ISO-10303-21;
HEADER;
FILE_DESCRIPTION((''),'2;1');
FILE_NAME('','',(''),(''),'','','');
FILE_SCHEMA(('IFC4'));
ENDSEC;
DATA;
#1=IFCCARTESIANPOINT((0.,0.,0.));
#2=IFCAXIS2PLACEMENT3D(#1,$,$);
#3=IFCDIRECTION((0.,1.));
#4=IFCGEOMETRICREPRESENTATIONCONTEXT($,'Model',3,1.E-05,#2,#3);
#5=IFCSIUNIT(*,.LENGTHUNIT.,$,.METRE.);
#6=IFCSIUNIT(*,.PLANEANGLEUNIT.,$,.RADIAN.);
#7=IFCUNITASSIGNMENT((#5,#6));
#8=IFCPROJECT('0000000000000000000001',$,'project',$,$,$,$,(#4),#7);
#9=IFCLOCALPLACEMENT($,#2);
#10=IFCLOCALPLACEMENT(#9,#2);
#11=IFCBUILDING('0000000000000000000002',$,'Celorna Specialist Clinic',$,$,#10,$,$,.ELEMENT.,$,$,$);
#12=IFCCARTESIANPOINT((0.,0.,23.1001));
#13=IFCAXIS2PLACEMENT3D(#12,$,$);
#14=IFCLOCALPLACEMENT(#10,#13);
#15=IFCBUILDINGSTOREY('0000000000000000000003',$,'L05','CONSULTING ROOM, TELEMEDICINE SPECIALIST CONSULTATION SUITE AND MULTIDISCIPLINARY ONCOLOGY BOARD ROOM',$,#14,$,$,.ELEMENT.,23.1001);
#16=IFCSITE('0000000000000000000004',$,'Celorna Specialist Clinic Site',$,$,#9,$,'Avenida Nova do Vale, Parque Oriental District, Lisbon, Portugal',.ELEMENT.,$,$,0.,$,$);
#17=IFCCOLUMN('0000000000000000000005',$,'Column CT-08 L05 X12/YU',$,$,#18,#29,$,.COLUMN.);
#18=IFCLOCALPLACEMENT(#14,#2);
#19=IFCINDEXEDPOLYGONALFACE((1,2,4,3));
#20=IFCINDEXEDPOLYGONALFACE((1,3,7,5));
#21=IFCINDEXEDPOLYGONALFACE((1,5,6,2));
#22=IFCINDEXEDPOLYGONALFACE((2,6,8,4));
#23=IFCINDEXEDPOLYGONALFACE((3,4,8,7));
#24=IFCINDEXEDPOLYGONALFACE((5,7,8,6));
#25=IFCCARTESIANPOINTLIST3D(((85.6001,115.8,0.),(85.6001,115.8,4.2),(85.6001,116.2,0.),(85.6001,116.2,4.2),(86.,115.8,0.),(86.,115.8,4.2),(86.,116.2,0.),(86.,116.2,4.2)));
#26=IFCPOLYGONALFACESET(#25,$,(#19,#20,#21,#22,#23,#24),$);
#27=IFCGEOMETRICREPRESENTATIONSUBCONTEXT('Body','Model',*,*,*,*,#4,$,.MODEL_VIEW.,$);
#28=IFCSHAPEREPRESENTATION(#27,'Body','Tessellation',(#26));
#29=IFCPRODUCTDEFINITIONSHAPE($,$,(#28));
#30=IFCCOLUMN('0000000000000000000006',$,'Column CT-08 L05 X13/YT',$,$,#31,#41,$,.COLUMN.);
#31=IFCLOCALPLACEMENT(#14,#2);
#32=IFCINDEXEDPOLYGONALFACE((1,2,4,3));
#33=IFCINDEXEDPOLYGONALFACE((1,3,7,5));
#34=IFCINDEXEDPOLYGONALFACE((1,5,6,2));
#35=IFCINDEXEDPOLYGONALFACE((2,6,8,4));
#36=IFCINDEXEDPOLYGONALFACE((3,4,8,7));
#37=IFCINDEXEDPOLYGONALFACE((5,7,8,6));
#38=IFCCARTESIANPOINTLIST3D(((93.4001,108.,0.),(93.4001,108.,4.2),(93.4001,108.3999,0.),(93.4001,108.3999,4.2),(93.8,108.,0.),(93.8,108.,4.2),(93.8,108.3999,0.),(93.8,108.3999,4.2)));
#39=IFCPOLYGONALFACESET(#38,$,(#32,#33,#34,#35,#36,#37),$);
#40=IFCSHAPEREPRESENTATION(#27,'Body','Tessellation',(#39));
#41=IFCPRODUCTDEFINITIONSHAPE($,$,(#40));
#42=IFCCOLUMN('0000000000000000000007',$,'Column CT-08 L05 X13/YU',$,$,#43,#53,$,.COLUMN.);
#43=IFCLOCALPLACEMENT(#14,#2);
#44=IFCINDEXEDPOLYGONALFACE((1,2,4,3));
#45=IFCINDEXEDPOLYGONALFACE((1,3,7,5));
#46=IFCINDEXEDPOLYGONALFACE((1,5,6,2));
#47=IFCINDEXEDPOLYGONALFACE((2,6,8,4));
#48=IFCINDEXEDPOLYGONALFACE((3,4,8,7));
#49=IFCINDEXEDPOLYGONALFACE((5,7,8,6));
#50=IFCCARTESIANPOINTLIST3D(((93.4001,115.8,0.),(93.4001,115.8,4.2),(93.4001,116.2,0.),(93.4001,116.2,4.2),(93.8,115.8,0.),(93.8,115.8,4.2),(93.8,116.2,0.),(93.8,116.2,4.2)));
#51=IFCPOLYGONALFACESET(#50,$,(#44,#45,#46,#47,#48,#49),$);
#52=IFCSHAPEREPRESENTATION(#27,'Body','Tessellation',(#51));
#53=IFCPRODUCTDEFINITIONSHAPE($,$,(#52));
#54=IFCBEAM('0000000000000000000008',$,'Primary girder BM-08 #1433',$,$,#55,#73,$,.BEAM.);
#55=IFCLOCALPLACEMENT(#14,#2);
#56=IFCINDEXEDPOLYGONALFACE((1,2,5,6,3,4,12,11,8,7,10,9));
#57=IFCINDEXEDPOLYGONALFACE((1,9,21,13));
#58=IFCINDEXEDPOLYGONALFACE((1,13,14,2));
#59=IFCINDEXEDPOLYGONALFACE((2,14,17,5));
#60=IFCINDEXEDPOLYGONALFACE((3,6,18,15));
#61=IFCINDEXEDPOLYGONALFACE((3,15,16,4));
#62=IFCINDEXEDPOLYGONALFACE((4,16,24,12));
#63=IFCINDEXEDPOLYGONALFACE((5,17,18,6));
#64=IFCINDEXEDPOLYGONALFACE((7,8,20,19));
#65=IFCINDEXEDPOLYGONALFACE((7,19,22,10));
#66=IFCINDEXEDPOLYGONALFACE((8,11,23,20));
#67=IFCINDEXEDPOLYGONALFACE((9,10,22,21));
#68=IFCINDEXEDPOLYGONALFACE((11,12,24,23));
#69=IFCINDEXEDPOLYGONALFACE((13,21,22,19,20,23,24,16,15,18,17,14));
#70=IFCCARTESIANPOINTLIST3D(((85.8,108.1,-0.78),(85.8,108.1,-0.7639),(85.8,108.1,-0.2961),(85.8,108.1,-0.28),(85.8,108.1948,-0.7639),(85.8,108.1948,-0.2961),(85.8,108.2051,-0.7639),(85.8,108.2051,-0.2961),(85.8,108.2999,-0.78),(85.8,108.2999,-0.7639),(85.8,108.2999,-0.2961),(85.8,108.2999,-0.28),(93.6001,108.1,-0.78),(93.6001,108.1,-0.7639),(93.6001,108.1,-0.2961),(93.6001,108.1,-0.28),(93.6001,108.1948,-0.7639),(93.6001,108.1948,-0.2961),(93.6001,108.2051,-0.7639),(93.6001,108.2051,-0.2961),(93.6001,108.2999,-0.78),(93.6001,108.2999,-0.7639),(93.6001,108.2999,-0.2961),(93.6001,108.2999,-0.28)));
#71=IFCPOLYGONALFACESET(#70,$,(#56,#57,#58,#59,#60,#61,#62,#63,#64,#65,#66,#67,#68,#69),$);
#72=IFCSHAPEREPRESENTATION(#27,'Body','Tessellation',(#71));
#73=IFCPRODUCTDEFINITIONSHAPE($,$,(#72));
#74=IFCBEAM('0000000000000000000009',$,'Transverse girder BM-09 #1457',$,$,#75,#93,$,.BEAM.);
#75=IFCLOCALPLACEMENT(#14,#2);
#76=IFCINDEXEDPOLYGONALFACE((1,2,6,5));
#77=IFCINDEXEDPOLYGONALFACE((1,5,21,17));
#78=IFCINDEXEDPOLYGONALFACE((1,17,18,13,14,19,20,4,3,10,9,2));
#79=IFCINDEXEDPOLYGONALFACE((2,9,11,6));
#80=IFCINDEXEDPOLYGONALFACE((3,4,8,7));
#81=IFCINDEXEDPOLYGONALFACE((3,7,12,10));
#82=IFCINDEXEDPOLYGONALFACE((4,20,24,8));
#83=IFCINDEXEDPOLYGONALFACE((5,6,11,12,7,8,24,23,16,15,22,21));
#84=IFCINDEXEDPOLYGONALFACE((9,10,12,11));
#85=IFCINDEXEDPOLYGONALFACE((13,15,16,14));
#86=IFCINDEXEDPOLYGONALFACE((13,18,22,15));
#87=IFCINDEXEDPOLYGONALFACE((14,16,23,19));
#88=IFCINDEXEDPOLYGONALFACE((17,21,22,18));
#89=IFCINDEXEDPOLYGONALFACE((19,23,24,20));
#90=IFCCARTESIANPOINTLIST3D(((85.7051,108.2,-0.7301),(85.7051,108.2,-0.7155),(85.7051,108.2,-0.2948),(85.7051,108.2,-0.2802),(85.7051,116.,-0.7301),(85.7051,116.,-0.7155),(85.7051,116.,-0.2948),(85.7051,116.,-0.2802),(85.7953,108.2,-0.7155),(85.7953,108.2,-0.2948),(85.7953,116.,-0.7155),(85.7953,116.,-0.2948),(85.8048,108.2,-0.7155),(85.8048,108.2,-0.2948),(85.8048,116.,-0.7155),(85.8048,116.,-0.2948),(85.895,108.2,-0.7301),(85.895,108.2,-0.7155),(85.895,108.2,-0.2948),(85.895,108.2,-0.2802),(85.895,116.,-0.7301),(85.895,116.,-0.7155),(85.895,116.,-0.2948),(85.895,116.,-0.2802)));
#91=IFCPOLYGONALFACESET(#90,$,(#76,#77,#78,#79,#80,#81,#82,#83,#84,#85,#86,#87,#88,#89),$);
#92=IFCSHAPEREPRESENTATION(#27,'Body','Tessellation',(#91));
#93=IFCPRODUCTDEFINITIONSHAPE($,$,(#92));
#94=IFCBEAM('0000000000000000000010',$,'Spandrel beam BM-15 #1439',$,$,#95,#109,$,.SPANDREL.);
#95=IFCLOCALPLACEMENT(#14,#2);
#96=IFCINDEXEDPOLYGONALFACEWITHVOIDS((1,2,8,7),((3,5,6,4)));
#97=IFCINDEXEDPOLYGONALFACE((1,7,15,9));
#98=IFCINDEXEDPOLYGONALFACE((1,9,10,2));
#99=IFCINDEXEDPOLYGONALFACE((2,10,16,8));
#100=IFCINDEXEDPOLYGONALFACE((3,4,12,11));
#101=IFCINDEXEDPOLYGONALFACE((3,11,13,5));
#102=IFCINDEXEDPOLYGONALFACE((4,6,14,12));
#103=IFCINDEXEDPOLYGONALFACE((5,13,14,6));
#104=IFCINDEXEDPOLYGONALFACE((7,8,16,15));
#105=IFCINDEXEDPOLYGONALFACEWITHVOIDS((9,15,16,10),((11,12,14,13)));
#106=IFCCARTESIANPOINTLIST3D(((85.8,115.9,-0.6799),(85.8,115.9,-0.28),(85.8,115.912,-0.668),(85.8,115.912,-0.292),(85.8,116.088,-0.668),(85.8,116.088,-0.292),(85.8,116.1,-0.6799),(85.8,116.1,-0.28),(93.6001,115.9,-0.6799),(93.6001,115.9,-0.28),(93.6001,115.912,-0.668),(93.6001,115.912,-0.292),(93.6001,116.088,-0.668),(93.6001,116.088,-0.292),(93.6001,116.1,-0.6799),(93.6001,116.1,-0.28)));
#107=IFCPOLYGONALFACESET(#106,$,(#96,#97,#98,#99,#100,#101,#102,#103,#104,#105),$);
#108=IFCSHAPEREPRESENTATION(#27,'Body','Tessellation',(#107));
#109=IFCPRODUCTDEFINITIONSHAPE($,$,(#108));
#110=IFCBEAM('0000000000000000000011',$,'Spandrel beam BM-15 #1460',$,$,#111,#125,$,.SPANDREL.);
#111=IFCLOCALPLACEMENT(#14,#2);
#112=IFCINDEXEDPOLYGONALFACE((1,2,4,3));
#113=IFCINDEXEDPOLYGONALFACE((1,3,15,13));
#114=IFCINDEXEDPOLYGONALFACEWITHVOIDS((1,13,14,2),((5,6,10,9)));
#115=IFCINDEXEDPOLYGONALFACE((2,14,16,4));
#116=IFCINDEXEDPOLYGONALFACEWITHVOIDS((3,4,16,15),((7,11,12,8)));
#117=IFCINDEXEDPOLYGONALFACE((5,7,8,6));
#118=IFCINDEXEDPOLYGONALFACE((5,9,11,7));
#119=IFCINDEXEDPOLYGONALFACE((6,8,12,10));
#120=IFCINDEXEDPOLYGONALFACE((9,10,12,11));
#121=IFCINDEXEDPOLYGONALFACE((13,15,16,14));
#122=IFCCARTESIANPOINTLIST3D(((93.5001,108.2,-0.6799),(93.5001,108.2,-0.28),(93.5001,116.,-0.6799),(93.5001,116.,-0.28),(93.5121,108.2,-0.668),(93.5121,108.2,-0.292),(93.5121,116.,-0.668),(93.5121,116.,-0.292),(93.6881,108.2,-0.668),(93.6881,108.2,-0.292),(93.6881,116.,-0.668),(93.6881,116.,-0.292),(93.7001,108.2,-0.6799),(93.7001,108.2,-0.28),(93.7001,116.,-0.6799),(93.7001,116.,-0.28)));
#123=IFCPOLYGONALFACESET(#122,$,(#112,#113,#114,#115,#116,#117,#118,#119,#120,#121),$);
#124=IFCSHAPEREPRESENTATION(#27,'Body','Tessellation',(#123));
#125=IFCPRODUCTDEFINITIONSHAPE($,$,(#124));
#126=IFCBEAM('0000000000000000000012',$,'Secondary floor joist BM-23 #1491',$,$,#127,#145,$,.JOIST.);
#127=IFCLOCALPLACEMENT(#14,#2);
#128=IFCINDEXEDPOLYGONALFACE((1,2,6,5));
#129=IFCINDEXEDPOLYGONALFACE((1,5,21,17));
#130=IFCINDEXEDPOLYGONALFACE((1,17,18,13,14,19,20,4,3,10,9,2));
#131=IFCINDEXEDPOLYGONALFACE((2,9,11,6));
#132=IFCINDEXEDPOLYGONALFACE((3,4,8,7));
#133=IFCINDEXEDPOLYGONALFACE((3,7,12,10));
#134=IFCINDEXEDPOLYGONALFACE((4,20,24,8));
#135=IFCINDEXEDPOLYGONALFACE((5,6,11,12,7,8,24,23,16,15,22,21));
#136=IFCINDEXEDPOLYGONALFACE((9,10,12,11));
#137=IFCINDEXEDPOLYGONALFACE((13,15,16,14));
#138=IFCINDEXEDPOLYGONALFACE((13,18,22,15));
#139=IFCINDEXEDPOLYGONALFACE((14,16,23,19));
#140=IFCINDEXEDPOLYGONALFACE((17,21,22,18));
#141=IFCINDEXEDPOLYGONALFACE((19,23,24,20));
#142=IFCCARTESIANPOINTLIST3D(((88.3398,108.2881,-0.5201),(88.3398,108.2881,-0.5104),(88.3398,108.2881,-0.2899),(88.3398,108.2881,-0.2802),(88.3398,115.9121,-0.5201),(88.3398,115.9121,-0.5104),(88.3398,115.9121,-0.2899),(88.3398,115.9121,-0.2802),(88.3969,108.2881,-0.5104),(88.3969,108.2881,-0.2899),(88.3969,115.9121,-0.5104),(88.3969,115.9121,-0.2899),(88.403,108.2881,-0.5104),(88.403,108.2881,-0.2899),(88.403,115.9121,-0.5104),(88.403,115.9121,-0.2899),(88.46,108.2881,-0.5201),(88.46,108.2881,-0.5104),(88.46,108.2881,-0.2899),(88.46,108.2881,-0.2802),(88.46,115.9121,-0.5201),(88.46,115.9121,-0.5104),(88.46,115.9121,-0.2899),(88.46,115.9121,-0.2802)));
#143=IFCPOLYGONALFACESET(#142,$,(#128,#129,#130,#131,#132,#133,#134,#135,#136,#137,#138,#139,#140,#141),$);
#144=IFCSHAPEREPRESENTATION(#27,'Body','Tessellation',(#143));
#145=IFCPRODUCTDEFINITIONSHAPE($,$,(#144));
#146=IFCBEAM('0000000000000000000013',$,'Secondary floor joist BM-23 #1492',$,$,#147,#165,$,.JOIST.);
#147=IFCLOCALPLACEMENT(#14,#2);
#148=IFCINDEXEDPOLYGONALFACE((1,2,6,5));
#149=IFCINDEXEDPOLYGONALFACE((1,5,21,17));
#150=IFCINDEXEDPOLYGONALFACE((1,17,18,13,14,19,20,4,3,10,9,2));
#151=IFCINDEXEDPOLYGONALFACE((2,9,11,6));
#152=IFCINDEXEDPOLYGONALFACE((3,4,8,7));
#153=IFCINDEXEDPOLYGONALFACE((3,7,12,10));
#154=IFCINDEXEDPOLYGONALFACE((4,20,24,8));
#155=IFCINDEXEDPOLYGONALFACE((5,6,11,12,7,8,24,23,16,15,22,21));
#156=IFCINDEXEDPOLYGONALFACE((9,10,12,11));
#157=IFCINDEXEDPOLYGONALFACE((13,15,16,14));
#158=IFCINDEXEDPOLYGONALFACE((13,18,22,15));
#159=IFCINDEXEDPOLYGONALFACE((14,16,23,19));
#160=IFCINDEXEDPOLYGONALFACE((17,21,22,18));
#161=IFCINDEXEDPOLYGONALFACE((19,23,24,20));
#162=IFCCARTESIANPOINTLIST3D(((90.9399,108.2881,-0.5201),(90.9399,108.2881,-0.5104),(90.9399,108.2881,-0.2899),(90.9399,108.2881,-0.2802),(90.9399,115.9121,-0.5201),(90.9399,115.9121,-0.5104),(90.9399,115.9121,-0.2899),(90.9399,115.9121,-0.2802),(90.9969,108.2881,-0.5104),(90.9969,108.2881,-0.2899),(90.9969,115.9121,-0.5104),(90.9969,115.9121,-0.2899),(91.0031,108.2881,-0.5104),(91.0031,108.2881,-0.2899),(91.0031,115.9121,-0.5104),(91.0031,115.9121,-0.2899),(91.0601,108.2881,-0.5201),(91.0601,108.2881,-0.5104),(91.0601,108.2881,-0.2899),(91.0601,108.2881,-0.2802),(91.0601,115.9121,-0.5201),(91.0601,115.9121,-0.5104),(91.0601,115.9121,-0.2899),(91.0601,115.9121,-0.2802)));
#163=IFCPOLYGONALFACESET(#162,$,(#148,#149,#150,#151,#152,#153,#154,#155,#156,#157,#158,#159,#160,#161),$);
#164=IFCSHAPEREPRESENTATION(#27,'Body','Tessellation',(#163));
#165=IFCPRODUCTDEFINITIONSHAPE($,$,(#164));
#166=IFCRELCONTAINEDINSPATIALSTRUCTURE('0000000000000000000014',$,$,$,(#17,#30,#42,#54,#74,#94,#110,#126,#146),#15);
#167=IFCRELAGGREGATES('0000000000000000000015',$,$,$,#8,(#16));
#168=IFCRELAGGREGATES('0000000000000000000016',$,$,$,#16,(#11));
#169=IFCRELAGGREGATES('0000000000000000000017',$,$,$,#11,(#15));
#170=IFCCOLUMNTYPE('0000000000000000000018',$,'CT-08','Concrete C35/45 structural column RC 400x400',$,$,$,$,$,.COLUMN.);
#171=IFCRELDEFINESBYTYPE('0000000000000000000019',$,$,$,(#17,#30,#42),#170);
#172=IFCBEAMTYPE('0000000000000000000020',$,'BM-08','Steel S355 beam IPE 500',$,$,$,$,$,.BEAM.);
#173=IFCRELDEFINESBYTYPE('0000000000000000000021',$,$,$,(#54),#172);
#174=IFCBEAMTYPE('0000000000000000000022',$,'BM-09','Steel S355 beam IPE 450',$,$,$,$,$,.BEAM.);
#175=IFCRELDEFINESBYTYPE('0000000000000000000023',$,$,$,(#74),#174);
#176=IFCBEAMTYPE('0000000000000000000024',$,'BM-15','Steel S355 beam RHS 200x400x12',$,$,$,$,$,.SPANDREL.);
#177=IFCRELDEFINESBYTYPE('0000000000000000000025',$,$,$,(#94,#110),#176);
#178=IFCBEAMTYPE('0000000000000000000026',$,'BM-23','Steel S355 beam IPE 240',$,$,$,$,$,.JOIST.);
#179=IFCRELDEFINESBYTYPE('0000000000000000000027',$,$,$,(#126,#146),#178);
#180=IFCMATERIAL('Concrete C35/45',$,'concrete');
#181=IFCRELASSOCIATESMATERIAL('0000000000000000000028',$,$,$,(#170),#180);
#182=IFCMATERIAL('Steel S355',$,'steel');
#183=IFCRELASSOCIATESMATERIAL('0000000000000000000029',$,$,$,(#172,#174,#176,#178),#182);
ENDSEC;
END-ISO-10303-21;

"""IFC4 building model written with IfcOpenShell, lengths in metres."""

from ifc_helpers import new_model, si_unit, direction, frame, origin, origin_2d, place, context, subcontext, project, spatial, rectangle, hollow_rectangle, i_section, extrude, material, material_profile, profile_set, type_object, element, save


model = new_model("IFC4")

# Units and contexts
model_context = context("Model", 3, precision=1e-05, world=origin(), true_north=direction((0.0, 1.0)))
body_context = subcontext(model_context, "Body", "Model", "MODEL_VIEW")
ifc_project = project(units=[si_unit("LENGTHUNIT", "METRE"), si_unit("PLANEANGLEUNIT", "RADIAN")], contexts=[model_context])

# Site, building, storey
site_placement = place(None, origin())
site = spatial("IfcSite", under=ifc_project, at=site_placement, Name="Celorna Specialist Clinic Site", LongName="Avenida Nova do Vale, Parque Oriental District, Lisbon, Portugal", CompositionType="ELEMENT", RefElevation=0.0)
building_placement = place(site_placement, origin())
building = spatial("IfcBuilding", under=site, at=building_placement, Name="Celorna Specialist Clinic", CompositionType="ELEMENT")
storey_placement = place(building_placement, frame((0.0, 0.0, 23.1001)))
storey = spatial("IfcBuildingStorey", under=building, at=storey_placement, Name="L05", Description="CONSULTING ROOM, TELEMEDICINE SPECIALIST CONSULTATION SUITE AND MULTIDISCIPLINARY ONCOLOGY BOARD ROOM", CompositionType="ELEMENT", Elevation=23.1001)

# Columns
ifc_material_1 = material(Name="Concrete C35/45", Category="concrete")
ifc_material_profile_1 = material_profile(ifc_material_1, rectangle(XDim=0.3999, YDim=0.3999, at=origin_2d()), Name="RC 400x400")
ifc_profile_set_1 = profile_set([ifc_material_profile_1], Name="Concrete C35/45")
column_type = type_object("IfcColumnType", Name="CT-08", Description="Concrete C35/45 structural column RC 400x400", PredefinedType="COLUMN", material=ifc_profile_set_1)
for number, where, z_axis, x_axis, name in (
    (1, (85.8, 116.0, 0.0), (0.0, 0.0, 1.0), (1.0, 0.0, 0.0), "Column CT-08 L05 X12/YU"),
    (2, (93.6001, 108.2, 0.0), (0.0, 0.0, 1.0), (1.0, 0.0, 0.0), "Column CT-08 L05 X13/YT"),
    (3, (93.6001, 116.0, 0.0), (0.0, 0.0, 1.0), (1.0, 0.0, 0.0), "Column CT-08 L05 X13/YU"),
):
    element("IfcColumn", number, at=place(storey_placement, frame(where, z_axis=z_axis, x_axis=x_axis)), inside=storey, type_object=column_type, Name=name, PredefinedType="COLUMN", context=body_context, shape_type="SweptSolid", body=[
        extrude(rectangle(XDim=0.3999, YDim=0.3999, at=origin_2d()), origin(), (0.0, 0.0, 1.0), 4.2),
    ])

# Beams
ifc_material_2 = material(Name="Steel S355", Category="steel")
ifc_material_profile_2 = material_profile(ifc_material_2, i_section(OverallWidth=0.2, OverallDepth=0.5, WebThickness=0.0103, FlangeThickness=0.0161, at=origin_2d()), Name="IPE 500")
ifc_profile_set_2 = profile_set([ifc_material_profile_2], Name="Steel S355")
beam_type_1 = type_object("IfcBeamType", Name="BM-08", Description="Steel S355 beam IPE 500", PredefinedType="BEAM", material=ifc_profile_set_2)
beam_1_placement = place(storey_placement, frame((85.8, 108.2, -0.53), z_axis=(1.0, 0.0, 0.0), x_axis=(0.0, 1.0, 0.0)))
element("IfcBeam", 4, at=beam_1_placement, inside=storey, type_object=beam_type_1, Name="Primary girder BM-08 #1433", PredefinedType="BEAM", context=body_context, shape_type="SweptSolid", body=[
    extrude(i_section(OverallWidth=0.2, OverallDepth=0.5, WebThickness=0.0103, FlangeThickness=0.0161, at=origin_2d()), origin(), (0.0, 0.0, 1.0), 7.8),
])
ifc_material_profile_3 = material_profile(ifc_material_2, i_section(OverallWidth=0.1899, OverallDepth=0.45, WebThickness=0.0095, FlangeThickness=0.0146, at=origin_2d()), Name="IPE 450")
ifc_profile_set_3 = profile_set([ifc_material_profile_3], Name="Steel S355")
beam_type_2 = type_object("IfcBeamType", Name="BM-09", Description="Steel S355 beam IPE 450", PredefinedType="BEAM", material=ifc_profile_set_3)
beam_2_placement = place(storey_placement, frame((85.8, 108.2, -0.5051), z_axis=(0.0, 1.0, 0.0), x_axis=(-1.0, 0.0, 0.0)))
element("IfcBeam", 5, at=beam_2_placement, inside=storey, type_object=beam_type_2, Name="Transverse girder BM-09 #1457", PredefinedType="BEAM", context=body_context, shape_type="SweptSolid", body=[
    extrude(i_section(OverallWidth=0.1899, OverallDepth=0.45, WebThickness=0.0095, FlangeThickness=0.0146, at=origin_2d()), origin(), (0.0, 0.0, 1.0), 7.8),
])
ifc_material_profile_4 = material_profile(ifc_material_2, hollow_rectangle(XDim=0.2, YDim=0.3999, WallThickness=0.012, at=origin_2d()), Name="RHS 200x400x12")
ifc_profile_set_4 = profile_set([ifc_material_profile_4], Name="Steel S355")
beam_type_3 = type_object("IfcBeamType", Name="BM-15", Description="Steel S355 beam RHS 200x400x12", PredefinedType="SPANDREL", material=ifc_profile_set_4)
for number, where, z_axis, x_axis, name in (
    (6, (85.8, 116.0, -0.48), (1.0, 0.0, 0.0), (0.0, 1.0, 0.0), "Spandrel beam BM-15 #1439"),
    (7, (93.6001, 108.2, -0.48), (0.0, 1.0, 0.0), (-1.0, 0.0, 0.0), "Spandrel beam BM-15 #1460"),
):
    element("IfcBeam", number, at=place(storey_placement, frame(where, z_axis=z_axis, x_axis=x_axis)), inside=storey, type_object=beam_type_3, Name=name, PredefinedType="SPANDREL", context=body_context, shape_type="SweptSolid", body=[
        extrude(hollow_rectangle(XDim=0.2, YDim=0.3999, WallThickness=0.012, at=origin_2d()), origin(), (0.0, 0.0, 1.0), 7.8),
    ])
ifc_material_profile_5 = material_profile(ifc_material_2, i_section(OverallWidth=0.1201, OverallDepth=0.24, WebThickness=0.0061, FlangeThickness=0.0098, at=origin_2d()), Name="IPE 240")
ifc_profile_set_5 = profile_set([ifc_material_profile_5], Name="Steel S355")
beam_type_4 = type_object("IfcBeamType", Name="BM-23", Description="Steel S355 beam IPE 240", PredefinedType="JOIST", material=ifc_profile_set_5)
for number, where, z_axis, x_axis, name in (
    (8, (88.3999, 108.2881, -0.4001), (0.0, 1.0, 0.0), (-1.0, 0.0, 0.0), "Secondary floor joist BM-23 #1491"),
    (9, (91.0, 108.2881, -0.4001), (0.0, 1.0, 0.0), (-1.0, 0.0, 0.0), "Secondary floor joist BM-23 #1492"),
):
    element("IfcBeam", number, at=place(storey_placement, frame(where, z_axis=z_axis, x_axis=x_axis)), inside=storey, type_object=beam_type_4, Name=name, PredefinedType="JOIST", context=body_context, shape_type="SweptSolid", body=[
        extrude(i_section(OverallWidth=0.1201, OverallDepth=0.24, WebThickness=0.0061, FlangeThickness=0.0098, at=origin_2d()), origin(), (0.0, 0.0, 1.0), 7.624),
    ])

save(model, "model.ifc")
